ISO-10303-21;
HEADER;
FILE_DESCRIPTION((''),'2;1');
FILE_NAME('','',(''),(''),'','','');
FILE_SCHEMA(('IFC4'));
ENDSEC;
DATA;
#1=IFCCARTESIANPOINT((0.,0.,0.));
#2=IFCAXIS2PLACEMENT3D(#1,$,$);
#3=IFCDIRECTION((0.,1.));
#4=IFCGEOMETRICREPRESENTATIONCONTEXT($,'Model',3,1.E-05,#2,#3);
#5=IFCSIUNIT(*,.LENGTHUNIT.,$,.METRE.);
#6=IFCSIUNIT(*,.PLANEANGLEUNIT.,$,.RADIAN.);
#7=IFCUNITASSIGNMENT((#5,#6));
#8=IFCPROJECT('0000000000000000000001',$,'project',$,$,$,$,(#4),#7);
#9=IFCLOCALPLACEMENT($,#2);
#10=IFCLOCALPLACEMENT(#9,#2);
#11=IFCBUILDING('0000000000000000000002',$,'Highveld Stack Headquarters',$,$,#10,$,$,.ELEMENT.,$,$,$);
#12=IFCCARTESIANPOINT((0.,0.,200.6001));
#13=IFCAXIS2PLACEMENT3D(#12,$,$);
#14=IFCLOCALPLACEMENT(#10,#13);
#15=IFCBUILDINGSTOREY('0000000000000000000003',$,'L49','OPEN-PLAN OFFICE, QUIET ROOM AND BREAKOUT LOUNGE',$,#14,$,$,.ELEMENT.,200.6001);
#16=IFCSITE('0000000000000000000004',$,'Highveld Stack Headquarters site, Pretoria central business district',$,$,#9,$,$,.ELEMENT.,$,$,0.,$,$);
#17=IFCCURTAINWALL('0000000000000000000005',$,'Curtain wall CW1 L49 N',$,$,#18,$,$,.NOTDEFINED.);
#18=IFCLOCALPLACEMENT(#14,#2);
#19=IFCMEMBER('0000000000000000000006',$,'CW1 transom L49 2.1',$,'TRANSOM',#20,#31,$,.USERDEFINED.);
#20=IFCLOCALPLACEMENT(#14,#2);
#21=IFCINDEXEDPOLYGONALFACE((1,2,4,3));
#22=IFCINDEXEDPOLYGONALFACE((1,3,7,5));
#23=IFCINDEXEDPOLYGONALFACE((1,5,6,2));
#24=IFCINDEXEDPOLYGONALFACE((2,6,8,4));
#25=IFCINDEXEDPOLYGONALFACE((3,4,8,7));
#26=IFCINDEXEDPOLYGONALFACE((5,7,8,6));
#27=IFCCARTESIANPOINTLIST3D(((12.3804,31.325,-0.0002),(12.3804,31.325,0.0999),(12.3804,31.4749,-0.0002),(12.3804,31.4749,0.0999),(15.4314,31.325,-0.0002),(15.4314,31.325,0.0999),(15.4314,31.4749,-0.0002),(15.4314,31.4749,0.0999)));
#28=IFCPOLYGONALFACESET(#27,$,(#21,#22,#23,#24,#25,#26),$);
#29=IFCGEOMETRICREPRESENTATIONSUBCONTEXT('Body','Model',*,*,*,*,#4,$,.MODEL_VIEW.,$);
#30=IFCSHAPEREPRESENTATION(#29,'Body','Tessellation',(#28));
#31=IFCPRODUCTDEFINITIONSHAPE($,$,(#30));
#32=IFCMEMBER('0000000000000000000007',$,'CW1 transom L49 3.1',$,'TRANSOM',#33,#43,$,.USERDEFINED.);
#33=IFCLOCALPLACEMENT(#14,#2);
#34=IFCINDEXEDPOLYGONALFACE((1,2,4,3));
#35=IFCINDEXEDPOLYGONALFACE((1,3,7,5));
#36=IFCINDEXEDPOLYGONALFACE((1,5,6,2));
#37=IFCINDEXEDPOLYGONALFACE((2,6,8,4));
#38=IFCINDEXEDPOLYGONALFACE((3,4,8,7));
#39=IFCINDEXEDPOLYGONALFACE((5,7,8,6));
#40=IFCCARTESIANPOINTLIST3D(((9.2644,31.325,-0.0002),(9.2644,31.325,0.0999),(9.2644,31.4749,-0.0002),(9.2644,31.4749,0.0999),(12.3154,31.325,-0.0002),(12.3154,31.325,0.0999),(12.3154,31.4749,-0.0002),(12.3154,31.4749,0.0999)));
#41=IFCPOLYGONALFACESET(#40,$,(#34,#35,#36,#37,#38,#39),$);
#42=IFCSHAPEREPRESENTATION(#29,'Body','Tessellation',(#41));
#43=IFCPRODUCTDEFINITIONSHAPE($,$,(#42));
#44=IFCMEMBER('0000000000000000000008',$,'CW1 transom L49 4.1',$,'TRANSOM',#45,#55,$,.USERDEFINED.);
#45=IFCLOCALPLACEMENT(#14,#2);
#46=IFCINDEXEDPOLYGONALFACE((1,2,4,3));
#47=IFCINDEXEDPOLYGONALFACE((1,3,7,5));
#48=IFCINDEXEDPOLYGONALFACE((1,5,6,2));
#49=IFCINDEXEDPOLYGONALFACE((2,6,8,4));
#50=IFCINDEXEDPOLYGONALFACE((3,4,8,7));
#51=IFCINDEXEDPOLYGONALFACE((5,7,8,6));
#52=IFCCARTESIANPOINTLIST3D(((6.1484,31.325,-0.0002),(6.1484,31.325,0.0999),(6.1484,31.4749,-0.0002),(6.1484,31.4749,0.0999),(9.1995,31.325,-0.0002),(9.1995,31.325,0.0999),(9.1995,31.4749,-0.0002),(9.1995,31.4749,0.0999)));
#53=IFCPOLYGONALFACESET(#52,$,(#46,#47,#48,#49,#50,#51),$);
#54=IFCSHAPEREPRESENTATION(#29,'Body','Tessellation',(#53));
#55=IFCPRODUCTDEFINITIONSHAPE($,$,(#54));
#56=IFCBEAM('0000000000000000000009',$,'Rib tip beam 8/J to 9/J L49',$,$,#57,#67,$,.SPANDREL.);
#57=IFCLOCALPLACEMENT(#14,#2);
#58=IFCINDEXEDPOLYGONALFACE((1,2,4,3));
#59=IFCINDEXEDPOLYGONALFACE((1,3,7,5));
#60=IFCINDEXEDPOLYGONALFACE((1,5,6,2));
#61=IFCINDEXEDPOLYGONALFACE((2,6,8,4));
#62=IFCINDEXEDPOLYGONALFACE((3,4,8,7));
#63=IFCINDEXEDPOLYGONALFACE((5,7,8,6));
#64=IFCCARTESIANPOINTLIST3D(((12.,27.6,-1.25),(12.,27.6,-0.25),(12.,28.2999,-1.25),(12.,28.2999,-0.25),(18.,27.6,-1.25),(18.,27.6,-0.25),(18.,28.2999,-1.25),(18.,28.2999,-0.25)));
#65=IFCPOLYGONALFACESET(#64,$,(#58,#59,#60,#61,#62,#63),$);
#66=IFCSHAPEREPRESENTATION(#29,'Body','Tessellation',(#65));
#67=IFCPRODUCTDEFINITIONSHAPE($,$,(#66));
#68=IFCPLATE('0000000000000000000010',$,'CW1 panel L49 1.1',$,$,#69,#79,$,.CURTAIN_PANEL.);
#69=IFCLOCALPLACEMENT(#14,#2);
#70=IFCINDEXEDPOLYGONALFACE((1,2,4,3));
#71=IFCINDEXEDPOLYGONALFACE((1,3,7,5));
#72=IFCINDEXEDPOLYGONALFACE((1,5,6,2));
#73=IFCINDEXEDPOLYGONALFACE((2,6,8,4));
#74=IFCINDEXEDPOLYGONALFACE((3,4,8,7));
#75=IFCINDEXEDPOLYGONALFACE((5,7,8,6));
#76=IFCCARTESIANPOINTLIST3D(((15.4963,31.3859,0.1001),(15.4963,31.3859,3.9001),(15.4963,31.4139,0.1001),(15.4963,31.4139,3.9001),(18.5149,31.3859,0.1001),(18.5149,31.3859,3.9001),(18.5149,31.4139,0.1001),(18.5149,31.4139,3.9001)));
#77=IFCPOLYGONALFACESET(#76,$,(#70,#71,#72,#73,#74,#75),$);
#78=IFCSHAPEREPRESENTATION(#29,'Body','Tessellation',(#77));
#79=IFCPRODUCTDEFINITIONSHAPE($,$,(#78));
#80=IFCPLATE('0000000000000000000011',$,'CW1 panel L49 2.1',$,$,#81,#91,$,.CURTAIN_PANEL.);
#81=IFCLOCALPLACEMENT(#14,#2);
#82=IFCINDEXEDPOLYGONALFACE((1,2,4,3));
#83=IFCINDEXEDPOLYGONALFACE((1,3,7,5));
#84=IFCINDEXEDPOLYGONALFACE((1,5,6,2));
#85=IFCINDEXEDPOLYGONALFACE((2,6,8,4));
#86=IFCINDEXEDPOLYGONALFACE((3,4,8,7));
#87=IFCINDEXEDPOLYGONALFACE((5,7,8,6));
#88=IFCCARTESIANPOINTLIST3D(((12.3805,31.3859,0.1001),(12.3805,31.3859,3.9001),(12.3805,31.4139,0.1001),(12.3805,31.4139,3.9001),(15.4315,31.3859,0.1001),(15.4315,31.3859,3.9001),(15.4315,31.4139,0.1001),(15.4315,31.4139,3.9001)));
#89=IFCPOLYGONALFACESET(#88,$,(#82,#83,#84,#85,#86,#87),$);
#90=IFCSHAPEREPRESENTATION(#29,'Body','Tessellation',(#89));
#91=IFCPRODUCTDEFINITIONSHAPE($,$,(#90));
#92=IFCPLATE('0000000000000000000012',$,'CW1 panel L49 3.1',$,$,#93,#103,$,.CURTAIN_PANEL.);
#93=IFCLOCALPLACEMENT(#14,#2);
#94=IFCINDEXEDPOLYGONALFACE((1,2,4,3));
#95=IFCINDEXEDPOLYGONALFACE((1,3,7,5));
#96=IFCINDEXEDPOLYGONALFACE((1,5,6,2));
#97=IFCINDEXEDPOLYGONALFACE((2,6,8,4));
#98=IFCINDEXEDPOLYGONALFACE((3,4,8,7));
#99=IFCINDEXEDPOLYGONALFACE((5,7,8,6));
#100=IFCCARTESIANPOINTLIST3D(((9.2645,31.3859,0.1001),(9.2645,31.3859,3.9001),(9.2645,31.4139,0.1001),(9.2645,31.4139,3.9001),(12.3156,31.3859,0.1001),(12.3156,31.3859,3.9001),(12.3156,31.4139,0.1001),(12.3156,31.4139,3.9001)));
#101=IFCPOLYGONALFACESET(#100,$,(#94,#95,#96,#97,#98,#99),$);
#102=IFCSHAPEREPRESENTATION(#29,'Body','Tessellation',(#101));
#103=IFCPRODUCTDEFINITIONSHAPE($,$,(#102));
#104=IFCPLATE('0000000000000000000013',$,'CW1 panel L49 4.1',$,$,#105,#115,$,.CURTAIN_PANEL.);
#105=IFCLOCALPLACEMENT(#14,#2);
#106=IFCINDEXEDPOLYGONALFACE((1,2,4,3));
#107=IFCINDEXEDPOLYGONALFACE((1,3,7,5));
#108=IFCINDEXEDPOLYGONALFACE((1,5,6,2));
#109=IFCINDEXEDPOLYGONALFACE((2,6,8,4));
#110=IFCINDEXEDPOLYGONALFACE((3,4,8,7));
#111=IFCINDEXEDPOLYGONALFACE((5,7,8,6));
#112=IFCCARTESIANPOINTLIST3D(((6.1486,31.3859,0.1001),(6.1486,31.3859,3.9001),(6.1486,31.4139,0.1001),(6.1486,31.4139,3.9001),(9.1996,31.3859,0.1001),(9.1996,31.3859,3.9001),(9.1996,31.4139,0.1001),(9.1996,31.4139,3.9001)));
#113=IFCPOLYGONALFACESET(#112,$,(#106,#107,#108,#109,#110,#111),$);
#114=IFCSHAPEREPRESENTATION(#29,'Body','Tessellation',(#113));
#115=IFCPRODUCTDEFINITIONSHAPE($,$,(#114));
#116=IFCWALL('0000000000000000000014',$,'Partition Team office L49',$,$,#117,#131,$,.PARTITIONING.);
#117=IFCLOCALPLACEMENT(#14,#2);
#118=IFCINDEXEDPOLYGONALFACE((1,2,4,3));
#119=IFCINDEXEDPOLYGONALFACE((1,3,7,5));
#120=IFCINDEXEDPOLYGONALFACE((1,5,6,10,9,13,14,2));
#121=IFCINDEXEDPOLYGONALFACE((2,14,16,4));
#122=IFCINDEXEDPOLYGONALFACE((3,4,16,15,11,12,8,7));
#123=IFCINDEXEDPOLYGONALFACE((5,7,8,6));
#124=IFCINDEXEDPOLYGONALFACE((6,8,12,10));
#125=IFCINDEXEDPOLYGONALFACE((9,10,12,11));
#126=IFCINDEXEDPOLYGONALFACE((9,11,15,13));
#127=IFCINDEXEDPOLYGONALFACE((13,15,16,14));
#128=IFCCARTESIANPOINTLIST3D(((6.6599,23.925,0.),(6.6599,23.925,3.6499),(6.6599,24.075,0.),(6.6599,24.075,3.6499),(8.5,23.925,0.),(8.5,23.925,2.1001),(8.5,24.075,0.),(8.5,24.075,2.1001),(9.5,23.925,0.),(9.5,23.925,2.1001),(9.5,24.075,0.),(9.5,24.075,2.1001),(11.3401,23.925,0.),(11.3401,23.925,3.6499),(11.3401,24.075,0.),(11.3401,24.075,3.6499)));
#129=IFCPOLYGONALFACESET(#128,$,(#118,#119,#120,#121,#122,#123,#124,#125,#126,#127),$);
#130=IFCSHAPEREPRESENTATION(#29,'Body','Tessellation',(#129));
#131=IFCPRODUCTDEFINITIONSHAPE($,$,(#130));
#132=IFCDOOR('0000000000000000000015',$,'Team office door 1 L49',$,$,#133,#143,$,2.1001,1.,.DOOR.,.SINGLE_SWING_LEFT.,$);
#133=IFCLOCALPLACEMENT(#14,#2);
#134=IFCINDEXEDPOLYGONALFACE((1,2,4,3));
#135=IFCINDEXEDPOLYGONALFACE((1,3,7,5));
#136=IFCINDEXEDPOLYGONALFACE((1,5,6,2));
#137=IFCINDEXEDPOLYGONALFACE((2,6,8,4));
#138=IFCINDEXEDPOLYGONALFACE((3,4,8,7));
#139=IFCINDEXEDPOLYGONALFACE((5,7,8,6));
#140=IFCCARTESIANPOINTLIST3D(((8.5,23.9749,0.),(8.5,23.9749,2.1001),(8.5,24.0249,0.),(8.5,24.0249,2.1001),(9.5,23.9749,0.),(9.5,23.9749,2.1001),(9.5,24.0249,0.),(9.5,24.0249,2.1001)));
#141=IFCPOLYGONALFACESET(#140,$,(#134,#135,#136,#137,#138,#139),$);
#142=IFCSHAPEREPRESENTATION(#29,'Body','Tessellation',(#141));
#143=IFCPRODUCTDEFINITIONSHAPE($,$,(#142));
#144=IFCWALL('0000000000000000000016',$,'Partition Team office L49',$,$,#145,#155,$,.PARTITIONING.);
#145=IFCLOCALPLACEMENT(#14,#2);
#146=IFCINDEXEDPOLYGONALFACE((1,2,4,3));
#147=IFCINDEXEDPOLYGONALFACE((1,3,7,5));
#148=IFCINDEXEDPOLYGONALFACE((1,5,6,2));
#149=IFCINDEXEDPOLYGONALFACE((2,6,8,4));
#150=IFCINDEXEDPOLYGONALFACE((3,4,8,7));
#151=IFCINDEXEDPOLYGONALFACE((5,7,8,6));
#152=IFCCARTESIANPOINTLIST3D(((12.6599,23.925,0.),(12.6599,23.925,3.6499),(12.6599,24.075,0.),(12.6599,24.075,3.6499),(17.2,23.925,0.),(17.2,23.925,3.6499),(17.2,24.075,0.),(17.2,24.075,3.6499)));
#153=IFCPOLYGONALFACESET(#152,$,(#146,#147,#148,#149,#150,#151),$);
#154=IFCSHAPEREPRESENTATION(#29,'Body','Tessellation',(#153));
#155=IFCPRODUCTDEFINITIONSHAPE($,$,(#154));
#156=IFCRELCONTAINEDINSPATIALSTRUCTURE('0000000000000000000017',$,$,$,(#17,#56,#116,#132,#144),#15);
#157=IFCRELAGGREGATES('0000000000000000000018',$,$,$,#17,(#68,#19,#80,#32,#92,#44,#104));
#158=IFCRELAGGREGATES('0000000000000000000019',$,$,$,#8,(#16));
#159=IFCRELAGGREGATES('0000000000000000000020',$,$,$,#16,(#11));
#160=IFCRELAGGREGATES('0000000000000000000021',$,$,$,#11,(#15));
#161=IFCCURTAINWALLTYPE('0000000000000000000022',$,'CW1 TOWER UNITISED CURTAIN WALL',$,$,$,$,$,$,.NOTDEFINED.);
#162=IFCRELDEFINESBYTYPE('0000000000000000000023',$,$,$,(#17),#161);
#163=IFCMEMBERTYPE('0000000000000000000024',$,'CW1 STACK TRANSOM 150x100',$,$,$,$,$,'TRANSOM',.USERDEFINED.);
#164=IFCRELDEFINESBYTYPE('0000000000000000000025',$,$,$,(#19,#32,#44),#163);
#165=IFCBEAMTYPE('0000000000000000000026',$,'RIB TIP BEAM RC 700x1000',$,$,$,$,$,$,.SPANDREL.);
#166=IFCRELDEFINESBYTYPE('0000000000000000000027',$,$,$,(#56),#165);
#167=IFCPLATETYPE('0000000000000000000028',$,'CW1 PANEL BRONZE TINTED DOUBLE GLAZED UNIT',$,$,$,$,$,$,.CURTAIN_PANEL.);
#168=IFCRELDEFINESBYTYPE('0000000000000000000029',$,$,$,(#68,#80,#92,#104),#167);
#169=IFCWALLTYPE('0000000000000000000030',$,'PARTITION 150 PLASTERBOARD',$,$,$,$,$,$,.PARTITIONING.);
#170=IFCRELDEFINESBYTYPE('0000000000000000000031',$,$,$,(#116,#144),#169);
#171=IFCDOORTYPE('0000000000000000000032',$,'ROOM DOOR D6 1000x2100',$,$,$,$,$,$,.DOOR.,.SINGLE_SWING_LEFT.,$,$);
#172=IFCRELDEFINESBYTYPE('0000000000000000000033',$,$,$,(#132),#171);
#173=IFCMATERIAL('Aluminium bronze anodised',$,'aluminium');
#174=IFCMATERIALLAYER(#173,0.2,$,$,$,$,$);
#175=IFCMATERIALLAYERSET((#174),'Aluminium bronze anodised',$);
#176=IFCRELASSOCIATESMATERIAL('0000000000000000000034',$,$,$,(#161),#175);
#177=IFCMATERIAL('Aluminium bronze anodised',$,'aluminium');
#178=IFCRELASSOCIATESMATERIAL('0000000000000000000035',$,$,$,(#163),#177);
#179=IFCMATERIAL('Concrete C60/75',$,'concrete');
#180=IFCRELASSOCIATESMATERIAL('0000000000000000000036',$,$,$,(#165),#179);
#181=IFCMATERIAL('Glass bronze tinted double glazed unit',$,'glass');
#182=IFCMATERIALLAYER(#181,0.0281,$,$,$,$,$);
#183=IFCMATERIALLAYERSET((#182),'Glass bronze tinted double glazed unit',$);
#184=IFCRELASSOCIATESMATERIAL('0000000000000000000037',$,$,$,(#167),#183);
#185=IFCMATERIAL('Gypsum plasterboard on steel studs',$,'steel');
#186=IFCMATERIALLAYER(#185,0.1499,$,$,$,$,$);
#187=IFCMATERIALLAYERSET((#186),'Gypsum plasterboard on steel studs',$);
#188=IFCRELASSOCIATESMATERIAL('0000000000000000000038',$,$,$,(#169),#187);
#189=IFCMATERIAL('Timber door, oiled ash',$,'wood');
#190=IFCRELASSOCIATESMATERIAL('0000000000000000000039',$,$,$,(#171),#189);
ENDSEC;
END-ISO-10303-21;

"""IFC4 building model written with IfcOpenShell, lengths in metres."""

from ifc_helpers import new_model, si_unit, direction, frame, frame_2d, origin, origin_2d, place, context, subcontext, project, spatial, rectangle, extrude, material, layer, layer_set, material_profile, profile_set, type_object, element, fill, aggregate, save


model = new_model("IFC4")

# Units and contexts
model_context = context("Model", 3, precision=1e-05, world=origin(), true_north=direction((0.0, 1.0)))
body_context = subcontext(model_context, "Body", "Model", "MODEL_VIEW")
ifc_project = project(units=[si_unit("LENGTHUNIT", "METRE"), si_unit("PLANEANGLEUNIT", "RADIAN")], contexts=[model_context])

# Site, building, storey
site_placement = place(None, origin())
site = spatial("IfcSite", under=ifc_project, at=site_placement, Name="Highveld Stack Headquarters site, Pretoria central business district", CompositionType="ELEMENT", RefElevation=0.0)
building_placement = place(site_placement, origin())
building = spatial("IfcBuilding", under=site, at=building_placement, Name="Highveld Stack Headquarters", CompositionType="ELEMENT")
storey_placement = place(building_placement, frame((0.0, 0.0, 200.6001)))
storey = spatial("IfcBuildingStorey", under=building, at=storey_placement, Name="L49", Description="OPEN-PLAN OFFICE, QUIET ROOM AND BREAKOUT LOUNGE", CompositionType="ELEMENT", Elevation=200.6001)

# Curtain wall, members
ifc_material_1 = material(Name="Aluminium bronze anodised", Category="aluminium")
ifc_layer_1 = layer(ifc_material_1, 0.2)
ifc_layer_set_1 = layer_set([ifc_layer_1], Name="Aluminium bronze anodised")
curtain_wall_type = type_object("IfcCurtainWallType", Name="CW1 TOWER UNITISED CURTAIN WALL", PredefinedType="NOTDEFINED", material=ifc_layer_set_1)
curtain_wall_placement = place(storey_placement, origin())
curtain_wall = element("IfcCurtainWall", 1, at=curtain_wall_placement, inside=storey, type_object=curtain_wall_type, Name="Curtain wall CW1 L49 N", PredefinedType="NOTDEFINED")
ifc_material_2 = material(Name="Aluminium bronze anodised", Category="aluminium")
ifc_material_profile_1 = material_profile(ifc_material_2, rectangle(XDim=0.1499, YDim=0.1001, at=origin_2d()), Name="CW1 TRANSOM 150x100")
ifc_profile_set_1 = profile_set([ifc_material_profile_1], Name="Aluminium bronze anodised")
member_type_1 = type_object("IfcMemberType", Name="CW1 STACK TRANSOM 150x100", ElementType="TRANSOM", PredefinedType="USERDEFINED", material=ifc_profile_set_1)
member_1_placement = place(storey_placement, frame((15.4314, 31.3999, 0.0498), z_axis=(-1.0, 0.0, 0.0), x_axis=(0.0, -1.0, 0.0)))
member_1 = element("IfcMember", 2, at=member_1_placement, type_object=member_type_1, Name="CW1 transom L49 2.1", ObjectType="TRANSOM", PredefinedType="USERDEFINED", context=body_context, shape_type="SweptSolid", body=[
    extrude(rectangle(XDim=0.1499, YDim=0.1001, at=origin_2d()), origin(), (0.0, 0.0, 1.0), 3.051),
])
member_2_placement = place(storey_placement, frame((12.3154, 31.3999, 0.0498), z_axis=(-1.0, 0.0, 0.0), x_axis=(0.0, -1.0, 0.0)))
member_2 = element("IfcMember", 3, at=member_2_placement, type_object=member_type_1, Name="CW1 transom L49 3.1", ObjectType="TRANSOM", PredefinedType="USERDEFINED", context=body_context, shape_type="SweptSolid", body=[
    extrude(rectangle(XDim=0.1499, YDim=0.1001, at=origin_2d()), origin(), (0.0, 0.0, 1.0), 3.051),
])
member_3_placement = place(storey_placement, frame((9.1995, 31.3999, 0.0498), z_axis=(-1.0, 0.0, 0.0), x_axis=(0.0, -1.0, 0.0)))
member_3 = element("IfcMember", 4, at=member_3_placement, type_object=member_type_1, Name="CW1 transom L49 4.1", ObjectType="TRANSOM", PredefinedType="USERDEFINED", context=body_context, shape_type="SweptSolid", body=[
    extrude(rectangle(XDim=0.1499, YDim=0.1001, at=origin_2d()), origin(), (0.0, 0.0, 1.0), 3.051),
])

# Beam
ifc_material_3 = material(Name="Concrete C60/75", Category="concrete")
ifc_material_profile_2 = material_profile(ifc_material_3, rectangle(XDim=0.7, YDim=1.0, at=origin_2d()), Name="RC 700x1000")
ifc_profile_set_2 = profile_set([ifc_material_profile_2], Name="Concrete C60/75")
beam_type_1 = type_object("IfcBeamType", Name="RIB TIP BEAM RC 700x1000", PredefinedType="SPANDREL", material=ifc_profile_set_2)
beam_placement = place(storey_placement, frame((12.0, 27.95, -0.75), z_axis=(1.0, 0.0, 0.0), x_axis=(0.0, 1.0, 0.0)))
element("IfcBeam", 5, at=beam_placement, inside=storey, type_object=beam_type_1, Name="Rib tip beam 8/J to 9/J L49", PredefinedType="SPANDREL", context=body_context, shape_type="SweptSolid", body=[
    extrude(rectangle(XDim=0.7, YDim=1.0, at=origin_2d()), origin(), (0.0, 0.0, 1.0), 6.0),
])

# Plates
ifc_material_4 = material(Name="Glass bronze tinted double glazed unit", Category="glass")
ifc_layer_2 = layer(ifc_material_4, 0.0281)
ifc_layer_set_2 = layer_set([ifc_layer_2], Name="Glass bronze tinted double glazed unit")
plate_type = type_object("IfcPlateType", Name="CW1 PANEL BRONZE TINTED DOUBLE GLAZED UNIT", PredefinedType="CURTAIN_PANEL", material=ifc_layer_set_2)
plate_1_placement = place(storey_placement, frame((17.0056, 31.3999, 0.1001), z_axis=(0.0, 0.0, 1.0), x_axis=(-1.0, 0.0, 0.0)))
plate_1 = element("IfcPlate", 6, at=plate_1_placement, type_object=plate_type, Name="CW1 panel L49 1.1", PredefinedType="CURTAIN_PANEL", context=body_context, shape_type="SweptSolid", body=[
    extrude(rectangle(XDim=3.0186, YDim=0.0281, at=origin_2d()), origin(), (0.0, 0.0, 1.0), 3.8),
])
plate_2_placement = place(storey_placement, frame((13.906, 31.3999, 0.1001), z_axis=(0.0, 0.0, 1.0), x_axis=(-1.0, 0.0, 0.0)))
plate_2 = element("IfcPlate", 7, at=plate_2_placement, type_object=plate_type, Name="CW1 panel L49 2.1", PredefinedType="CURTAIN_PANEL", context=body_context, shape_type="SweptSolid", body=[
    extrude(rectangle(XDim=3.051, YDim=0.0281, at=origin_2d()), origin(), (0.0, 0.0, 1.0), 3.8),
])
plate_3_placement = place(storey_placement, frame((10.79, 31.3999, 0.1001), z_axis=(0.0, 0.0, 1.0), x_axis=(-1.0, 0.0, 0.0)))
plate_3 = element("IfcPlate", 8, at=plate_3_placement, type_object=plate_type, Name="CW1 panel L49 3.1", PredefinedType="CURTAIN_PANEL", context=body_context, shape_type="SweptSolid", body=[
    extrude(rectangle(XDim=3.051, YDim=0.0281, at=origin_2d()), origin(), (0.0, 0.0, 1.0), 3.8),
])
plate_4_placement = place(storey_placement, frame((7.6741, 31.3999, 0.1001), z_axis=(0.0, 0.0, 1.0), x_axis=(-1.0, 0.0, 0.0)))
plate_4 = element("IfcPlate", 9, at=plate_4_placement, type_object=plate_type, Name="CW1 panel L49 4.1", PredefinedType="CURTAIN_PANEL", context=body_context, shape_type="SweptSolid", body=[
    extrude(rectangle(XDim=3.051, YDim=0.0281, at=origin_2d()), origin(), (0.0, 0.0, 1.0), 3.8),
])
aggregate(curtain_wall, [plate_1, member_1, plate_2, member_2, plate_3, member_3, plate_4])

# Wall, opening, door
ifc_material_5 = material(Name="Gypsum plasterboard on steel studs", Category="steel")
ifc_layer_3 = layer(ifc_material_5, 0.1499)
ifc_layer_set_3 = layer_set([ifc_layer_3], Name="Gypsum plasterboard on steel studs")
wall_type = type_object("IfcWallType", Name="PARTITION 150 PLASTERBOARD", PredefinedType="PARTITIONING", material=ifc_layer_set_3)
wall_1_placement = place(storey_placement, frame((6.6599, 24.0, 0.0), z_axis=(0.0, 0.0, 1.0), x_axis=(1.0, 0.0, 0.0)))
wall_1 = element("IfcWall", 10, at=wall_1_placement, inside=storey, type_object=wall_type, Name="Partition Team office L49", PredefinedType="PARTITIONING", context=body_context, shape_type="SweptSolid", body=[
    extrude(rectangle(XDim=4.6802, YDim=0.1499, at=frame_2d((2.3401, 0.0))), origin(), (0.0, 0.0, 1.0), 3.6499),
])
opening_placement = place(wall_1_placement, frame((1.8401, 0.0, 0.0)))
opening = element("IfcOpeningElement", 11, at=opening_placement, cuts=wall_1, PredefinedType="OPENING", context=body_context, shape_type="SweptSolid", body=[
    extrude(rectangle(XDim=1.0, YDim=2.1001, at=frame_2d((0.5, 1.05))), frame((0.0, 0.085, 0.0), z_axis=(0.0, -1.0, 0.0), x_axis=(1.0, 0.0, 0.0)), (0.0, 0.0, 1.0), 0.1699),
])
ifc_material_6 = material(Name="Timber door, oiled ash", Category="wood")
door_type = type_object("IfcDoorType", Name="ROOM DOOR D6 1000x2100", OperationType="SINGLE_SWING_LEFT", PredefinedType="DOOR", material=ifc_material_6)
door_placement = place(opening_placement, origin())
door = element("IfcDoor", 12, at=door_placement, inside=storey, type_object=door_type, Name="Team office door 1 L49", OperationType="SINGLE_SWING_LEFT", OverallHeight=2.1001, OverallWidth=1.0, PredefinedType="DOOR", context=body_context, shape_type="SweptSolid", body=[
    extrude(rectangle(XDim=1.0, YDim=2.1001, at=frame_2d((0.5, 1.05))), frame((0.0, 0.0249, 0.0), z_axis=(0.0, -1.0, 0.0), x_axis=(1.0, 0.0, 0.0)), (0.0, 0.0, 1.0), 0.05),
])
fill(opening, door)

# Wall
wall_2_placement = place(storey_placement, frame((12.6599, 24.0, 0.0), z_axis=(0.0, 0.0, 1.0), x_axis=(1.0, 0.0, 0.0)))
element("IfcWall", 13, at=wall_2_placement, inside=storey, type_object=wall_type, Name="Partition Team office L49", PredefinedType="PARTITIONING", context=body_context, shape_type="SweptSolid", body=[
    extrude(rectangle(XDim=4.54, YDim=0.1499, at=frame_2d((2.27, 0.0))), origin(), (0.0, 0.0, 1.0), 3.6499),
])

save(model, "model.ifc")
